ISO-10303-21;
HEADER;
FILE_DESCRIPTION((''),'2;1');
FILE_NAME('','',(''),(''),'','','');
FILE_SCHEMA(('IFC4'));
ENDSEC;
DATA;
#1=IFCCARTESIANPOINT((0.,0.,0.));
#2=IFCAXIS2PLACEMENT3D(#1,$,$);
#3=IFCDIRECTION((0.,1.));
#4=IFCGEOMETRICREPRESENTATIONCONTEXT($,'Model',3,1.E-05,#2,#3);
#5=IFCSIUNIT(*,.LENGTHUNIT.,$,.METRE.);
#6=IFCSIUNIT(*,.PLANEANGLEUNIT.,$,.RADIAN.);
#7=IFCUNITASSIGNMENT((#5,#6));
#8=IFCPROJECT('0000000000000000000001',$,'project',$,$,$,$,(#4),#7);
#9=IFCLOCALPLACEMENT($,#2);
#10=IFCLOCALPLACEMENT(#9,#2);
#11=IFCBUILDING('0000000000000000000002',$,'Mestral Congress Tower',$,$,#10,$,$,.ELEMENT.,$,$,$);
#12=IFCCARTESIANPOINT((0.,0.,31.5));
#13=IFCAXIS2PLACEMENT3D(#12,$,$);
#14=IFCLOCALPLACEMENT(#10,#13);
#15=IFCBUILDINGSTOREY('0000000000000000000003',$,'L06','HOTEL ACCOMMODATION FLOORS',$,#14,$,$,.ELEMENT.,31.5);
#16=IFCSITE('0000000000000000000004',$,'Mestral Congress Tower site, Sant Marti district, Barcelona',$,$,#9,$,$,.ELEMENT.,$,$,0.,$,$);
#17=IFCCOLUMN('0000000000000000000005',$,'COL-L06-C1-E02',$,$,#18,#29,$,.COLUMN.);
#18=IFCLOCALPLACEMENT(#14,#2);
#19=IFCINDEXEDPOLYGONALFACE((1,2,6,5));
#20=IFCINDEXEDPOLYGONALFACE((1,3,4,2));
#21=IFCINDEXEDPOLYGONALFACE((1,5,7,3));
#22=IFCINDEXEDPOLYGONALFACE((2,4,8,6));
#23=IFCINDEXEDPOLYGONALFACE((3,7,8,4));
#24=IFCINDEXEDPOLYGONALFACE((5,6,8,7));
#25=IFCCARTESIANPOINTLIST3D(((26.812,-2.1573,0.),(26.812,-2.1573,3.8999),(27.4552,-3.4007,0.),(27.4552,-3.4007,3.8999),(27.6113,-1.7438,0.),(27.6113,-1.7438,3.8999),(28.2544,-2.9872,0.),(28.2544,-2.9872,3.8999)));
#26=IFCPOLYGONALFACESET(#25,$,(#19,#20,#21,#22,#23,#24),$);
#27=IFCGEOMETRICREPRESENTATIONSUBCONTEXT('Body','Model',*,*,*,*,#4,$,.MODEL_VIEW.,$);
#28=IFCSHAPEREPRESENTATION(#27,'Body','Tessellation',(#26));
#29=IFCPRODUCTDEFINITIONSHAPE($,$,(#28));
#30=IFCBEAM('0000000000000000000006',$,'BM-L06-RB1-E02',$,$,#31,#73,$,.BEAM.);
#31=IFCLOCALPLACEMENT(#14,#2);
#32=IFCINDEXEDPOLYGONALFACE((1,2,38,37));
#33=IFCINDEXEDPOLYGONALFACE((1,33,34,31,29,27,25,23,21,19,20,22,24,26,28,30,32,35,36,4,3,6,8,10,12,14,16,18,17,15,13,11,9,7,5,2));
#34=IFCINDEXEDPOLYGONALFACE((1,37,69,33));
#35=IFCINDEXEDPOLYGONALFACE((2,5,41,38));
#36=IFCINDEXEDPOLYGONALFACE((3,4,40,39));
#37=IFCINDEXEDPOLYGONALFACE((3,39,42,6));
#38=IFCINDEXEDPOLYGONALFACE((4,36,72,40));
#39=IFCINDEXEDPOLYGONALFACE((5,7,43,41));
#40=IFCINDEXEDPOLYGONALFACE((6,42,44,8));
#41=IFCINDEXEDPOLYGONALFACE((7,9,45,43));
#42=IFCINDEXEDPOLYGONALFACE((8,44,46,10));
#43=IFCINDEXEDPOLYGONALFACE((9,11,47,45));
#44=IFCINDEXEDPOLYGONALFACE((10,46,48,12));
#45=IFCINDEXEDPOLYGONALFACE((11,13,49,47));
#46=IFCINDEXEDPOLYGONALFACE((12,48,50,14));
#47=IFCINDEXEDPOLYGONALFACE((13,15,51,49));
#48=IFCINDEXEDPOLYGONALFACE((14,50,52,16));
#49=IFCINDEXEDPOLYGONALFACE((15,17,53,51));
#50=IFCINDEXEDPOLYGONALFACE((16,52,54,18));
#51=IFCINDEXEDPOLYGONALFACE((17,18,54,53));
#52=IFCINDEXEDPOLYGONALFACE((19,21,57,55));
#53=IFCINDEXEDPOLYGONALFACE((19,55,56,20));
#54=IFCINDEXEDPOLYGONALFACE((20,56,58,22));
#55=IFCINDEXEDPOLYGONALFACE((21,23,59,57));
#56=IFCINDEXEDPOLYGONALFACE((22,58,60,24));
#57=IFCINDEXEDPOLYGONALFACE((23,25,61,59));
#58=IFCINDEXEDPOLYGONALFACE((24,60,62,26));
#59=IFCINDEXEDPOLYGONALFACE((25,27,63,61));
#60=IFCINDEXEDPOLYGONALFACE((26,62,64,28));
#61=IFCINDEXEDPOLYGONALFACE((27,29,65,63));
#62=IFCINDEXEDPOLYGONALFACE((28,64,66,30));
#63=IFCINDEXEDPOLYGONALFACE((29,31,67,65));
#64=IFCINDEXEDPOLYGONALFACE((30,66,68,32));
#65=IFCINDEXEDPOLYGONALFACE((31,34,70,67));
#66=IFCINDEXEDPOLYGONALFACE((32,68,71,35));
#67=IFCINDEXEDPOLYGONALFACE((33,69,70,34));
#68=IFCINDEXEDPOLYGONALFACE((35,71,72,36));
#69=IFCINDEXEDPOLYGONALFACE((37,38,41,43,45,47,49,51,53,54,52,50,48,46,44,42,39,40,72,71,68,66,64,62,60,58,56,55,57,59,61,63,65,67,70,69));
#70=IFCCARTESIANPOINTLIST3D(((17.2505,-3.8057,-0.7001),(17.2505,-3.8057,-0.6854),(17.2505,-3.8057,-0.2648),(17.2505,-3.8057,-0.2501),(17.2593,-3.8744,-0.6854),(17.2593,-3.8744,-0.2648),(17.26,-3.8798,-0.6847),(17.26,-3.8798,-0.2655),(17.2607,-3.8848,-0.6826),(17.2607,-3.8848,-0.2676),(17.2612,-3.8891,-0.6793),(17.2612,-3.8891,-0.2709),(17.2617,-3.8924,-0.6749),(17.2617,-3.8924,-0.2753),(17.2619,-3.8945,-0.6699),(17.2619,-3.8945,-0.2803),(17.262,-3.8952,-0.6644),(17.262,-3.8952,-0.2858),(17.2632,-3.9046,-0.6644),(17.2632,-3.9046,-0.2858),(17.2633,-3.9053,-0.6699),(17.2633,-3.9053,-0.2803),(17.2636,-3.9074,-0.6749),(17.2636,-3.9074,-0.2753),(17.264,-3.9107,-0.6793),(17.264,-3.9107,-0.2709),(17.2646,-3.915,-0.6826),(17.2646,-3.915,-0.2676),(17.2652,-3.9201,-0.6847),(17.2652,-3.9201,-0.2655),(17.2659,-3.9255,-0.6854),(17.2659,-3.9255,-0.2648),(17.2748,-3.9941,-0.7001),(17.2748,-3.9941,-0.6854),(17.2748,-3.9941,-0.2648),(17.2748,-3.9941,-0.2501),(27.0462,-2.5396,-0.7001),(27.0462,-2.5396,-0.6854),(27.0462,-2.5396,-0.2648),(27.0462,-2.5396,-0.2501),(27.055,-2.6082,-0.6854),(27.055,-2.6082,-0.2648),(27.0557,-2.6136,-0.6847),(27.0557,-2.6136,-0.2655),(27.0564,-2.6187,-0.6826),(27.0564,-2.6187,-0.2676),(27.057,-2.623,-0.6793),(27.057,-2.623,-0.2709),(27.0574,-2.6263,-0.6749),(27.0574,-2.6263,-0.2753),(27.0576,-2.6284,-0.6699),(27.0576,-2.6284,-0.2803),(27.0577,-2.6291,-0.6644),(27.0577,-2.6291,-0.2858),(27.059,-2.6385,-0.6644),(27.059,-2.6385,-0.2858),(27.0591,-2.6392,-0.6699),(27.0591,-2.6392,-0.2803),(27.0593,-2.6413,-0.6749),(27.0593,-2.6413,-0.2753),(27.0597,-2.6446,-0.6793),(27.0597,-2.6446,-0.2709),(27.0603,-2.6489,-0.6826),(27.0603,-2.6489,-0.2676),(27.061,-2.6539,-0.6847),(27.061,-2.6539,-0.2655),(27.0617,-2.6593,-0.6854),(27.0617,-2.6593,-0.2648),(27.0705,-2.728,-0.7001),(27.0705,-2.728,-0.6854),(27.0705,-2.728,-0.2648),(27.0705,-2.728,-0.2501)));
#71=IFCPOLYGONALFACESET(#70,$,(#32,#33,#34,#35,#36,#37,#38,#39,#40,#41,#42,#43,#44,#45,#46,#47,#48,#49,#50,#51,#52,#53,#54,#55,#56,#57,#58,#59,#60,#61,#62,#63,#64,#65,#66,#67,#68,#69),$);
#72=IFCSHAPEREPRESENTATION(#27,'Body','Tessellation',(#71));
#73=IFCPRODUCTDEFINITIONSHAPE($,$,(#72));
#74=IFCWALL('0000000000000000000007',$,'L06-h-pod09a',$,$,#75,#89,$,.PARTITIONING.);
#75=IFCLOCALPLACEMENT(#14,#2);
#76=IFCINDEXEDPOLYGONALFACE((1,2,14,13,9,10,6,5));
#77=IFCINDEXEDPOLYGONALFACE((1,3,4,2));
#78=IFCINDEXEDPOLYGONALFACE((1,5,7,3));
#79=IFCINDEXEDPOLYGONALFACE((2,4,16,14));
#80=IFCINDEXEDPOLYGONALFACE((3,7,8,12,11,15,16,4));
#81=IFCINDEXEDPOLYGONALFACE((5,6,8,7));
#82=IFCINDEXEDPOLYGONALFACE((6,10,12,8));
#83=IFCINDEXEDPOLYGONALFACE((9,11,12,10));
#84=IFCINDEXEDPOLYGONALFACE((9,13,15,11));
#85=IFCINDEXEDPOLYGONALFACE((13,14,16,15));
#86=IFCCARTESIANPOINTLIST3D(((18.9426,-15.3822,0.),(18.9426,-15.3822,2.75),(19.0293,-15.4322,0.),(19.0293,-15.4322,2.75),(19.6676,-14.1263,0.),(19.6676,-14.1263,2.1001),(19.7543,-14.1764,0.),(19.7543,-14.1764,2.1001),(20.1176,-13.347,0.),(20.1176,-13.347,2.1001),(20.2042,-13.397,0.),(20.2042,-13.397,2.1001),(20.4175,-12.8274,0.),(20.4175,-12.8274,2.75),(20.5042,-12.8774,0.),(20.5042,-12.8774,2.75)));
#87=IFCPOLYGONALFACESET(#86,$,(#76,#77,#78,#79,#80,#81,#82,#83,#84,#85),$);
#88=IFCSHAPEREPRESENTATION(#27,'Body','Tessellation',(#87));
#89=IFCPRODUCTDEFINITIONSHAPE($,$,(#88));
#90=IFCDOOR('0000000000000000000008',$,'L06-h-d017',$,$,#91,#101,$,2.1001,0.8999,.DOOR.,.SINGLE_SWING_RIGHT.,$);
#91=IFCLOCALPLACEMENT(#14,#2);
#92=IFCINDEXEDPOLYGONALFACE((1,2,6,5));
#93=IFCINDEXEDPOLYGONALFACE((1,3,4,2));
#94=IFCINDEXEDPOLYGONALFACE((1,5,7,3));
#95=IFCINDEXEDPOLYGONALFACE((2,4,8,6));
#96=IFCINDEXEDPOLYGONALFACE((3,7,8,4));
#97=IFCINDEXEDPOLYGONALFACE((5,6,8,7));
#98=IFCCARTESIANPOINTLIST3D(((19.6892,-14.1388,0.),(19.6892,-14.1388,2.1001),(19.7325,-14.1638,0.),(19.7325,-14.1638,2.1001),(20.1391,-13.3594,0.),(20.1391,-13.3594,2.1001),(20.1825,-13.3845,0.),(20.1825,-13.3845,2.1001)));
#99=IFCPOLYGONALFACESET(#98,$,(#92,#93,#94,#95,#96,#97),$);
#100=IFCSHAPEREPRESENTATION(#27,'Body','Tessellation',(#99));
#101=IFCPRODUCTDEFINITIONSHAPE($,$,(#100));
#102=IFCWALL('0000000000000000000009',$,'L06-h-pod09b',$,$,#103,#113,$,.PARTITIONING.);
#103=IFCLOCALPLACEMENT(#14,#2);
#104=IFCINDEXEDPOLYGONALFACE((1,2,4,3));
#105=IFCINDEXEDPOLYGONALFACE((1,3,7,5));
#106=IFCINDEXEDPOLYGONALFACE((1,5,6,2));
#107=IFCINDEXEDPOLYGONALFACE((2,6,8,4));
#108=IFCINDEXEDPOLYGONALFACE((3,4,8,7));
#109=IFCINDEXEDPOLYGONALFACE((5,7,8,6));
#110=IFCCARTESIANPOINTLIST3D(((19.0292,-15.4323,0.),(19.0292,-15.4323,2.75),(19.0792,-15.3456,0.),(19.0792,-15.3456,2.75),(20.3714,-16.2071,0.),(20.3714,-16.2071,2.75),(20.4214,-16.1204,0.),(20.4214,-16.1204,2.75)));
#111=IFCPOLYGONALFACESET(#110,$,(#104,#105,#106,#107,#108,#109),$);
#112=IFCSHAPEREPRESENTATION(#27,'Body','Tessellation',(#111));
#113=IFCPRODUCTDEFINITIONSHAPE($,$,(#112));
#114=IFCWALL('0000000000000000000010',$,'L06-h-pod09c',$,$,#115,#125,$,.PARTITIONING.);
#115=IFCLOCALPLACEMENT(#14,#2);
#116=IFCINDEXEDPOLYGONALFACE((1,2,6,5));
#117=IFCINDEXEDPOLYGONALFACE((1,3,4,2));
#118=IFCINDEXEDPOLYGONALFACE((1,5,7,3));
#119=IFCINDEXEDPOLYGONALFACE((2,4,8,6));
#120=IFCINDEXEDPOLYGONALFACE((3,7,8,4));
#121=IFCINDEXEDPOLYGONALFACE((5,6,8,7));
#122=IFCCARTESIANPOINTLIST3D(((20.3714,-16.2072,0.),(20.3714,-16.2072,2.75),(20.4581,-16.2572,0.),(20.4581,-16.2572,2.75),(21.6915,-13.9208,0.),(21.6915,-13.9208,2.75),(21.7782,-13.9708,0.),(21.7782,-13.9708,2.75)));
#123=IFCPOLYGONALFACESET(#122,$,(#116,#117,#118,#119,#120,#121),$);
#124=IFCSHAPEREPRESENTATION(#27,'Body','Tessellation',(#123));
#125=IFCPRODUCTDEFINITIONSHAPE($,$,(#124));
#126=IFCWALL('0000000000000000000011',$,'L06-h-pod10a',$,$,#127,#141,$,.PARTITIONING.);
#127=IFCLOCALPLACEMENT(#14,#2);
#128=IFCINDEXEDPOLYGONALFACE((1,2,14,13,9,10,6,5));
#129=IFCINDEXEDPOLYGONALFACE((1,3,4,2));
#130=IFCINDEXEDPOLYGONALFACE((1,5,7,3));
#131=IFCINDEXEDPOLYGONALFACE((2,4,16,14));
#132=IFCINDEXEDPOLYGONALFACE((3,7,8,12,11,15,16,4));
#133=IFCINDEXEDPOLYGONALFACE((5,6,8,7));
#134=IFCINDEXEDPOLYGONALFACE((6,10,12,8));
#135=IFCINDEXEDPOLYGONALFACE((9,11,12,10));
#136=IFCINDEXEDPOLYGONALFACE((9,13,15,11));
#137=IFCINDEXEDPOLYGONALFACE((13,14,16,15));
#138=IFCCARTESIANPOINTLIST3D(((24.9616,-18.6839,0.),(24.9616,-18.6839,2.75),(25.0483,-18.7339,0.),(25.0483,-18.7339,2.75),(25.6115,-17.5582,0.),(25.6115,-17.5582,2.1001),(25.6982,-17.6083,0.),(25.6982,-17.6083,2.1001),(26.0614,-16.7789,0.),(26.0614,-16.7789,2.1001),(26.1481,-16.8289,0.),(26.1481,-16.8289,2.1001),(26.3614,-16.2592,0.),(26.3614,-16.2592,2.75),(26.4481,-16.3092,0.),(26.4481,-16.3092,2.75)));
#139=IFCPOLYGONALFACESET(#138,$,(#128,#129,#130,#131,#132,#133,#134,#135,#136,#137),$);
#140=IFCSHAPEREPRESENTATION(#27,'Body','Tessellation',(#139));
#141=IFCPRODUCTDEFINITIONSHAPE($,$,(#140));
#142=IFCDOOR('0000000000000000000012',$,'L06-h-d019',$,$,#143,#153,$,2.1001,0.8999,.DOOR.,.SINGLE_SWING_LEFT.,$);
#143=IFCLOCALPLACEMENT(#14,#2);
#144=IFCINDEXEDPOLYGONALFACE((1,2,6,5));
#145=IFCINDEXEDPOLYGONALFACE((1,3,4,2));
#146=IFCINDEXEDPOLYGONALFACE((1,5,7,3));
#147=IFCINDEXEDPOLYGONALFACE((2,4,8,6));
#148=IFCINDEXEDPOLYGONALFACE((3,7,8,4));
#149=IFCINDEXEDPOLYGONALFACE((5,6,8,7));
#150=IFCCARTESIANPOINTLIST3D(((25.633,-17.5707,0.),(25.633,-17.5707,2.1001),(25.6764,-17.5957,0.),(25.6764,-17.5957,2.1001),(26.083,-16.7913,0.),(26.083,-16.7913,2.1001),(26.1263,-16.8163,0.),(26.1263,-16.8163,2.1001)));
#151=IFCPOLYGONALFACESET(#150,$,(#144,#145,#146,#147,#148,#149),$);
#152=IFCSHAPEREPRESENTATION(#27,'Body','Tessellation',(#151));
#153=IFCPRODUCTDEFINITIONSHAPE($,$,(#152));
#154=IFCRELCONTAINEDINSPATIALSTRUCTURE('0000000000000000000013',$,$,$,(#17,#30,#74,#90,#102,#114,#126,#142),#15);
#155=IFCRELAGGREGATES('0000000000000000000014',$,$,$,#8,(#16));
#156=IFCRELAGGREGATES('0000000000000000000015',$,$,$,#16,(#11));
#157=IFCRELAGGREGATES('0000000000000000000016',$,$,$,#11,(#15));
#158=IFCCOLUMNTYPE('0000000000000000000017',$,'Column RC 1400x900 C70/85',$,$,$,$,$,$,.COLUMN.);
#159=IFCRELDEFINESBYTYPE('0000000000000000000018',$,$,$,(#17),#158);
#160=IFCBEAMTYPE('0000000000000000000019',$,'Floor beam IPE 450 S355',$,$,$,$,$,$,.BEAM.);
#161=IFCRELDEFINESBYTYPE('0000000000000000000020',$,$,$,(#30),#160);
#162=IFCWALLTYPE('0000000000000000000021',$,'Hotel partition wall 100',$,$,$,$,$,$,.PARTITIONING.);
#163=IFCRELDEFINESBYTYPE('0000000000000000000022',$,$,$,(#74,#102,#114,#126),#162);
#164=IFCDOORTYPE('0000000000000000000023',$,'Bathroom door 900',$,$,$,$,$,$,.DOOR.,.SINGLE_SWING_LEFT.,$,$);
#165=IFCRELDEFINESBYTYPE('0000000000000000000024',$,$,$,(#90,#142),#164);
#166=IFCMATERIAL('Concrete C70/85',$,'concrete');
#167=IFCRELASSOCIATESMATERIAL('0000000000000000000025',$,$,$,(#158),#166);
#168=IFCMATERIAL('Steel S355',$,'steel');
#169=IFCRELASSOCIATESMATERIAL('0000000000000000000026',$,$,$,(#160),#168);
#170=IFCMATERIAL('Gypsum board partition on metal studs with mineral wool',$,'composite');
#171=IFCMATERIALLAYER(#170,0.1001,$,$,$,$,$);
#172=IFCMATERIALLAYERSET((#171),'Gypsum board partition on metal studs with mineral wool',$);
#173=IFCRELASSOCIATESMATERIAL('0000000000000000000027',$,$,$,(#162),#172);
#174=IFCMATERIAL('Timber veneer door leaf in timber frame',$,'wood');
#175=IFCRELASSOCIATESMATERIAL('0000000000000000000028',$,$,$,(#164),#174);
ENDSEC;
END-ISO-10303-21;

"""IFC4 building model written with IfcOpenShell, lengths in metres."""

from ifc_helpers import new_model, si_unit, direction, frame, frame_2d, origin, origin_2d, place, context, subcontext, project, spatial, rectangle, i_section, extrude, material, layer, layer_set, material_profile, profile_set, type_object, element, fill, save


model = new_model("IFC4")

# Units and contexts
model_context = context("Model", 3, precision=1e-05, world=origin(), true_north=direction((0.0, 1.0)))
body_context = subcontext(model_context, "Body", "Model", "MODEL_VIEW")
ifc_project = project(units=[si_unit("LENGTHUNIT", "METRE"), si_unit("PLANEANGLEUNIT", "RADIAN")], contexts=[model_context])

# Site, building, storey
site_placement = place(None, origin())
site = spatial("IfcSite", under=ifc_project, at=site_placement, Name="Mestral Congress Tower site, Sant Marti district, Barcelona", CompositionType="ELEMENT", RefElevation=0.0)
building_placement = place(site_placement, origin())
building = spatial("IfcBuilding", under=site, at=building_placement, Name="Mestral Congress Tower", CompositionType="ELEMENT")
storey_placement = place(building_placement, frame((0.0, 0.0, 31.5)))
storey = spatial("IfcBuildingStorey", under=building, at=storey_placement, Name="L06", Description="HOTEL ACCOMMODATION FLOORS", CompositionType="ELEMENT", Elevation=31.5)

# Column
ifc_material_1 = material(Name="Concrete C70/85", Category="concrete")
ifc_material_profile_1 = material_profile(ifc_material_1, rectangle(XDim=1.3999, YDim=0.8999, at=origin_2d()), Name="RC 1400x900")
ifc_profile_set_1 = profile_set([ifc_material_profile_1], Name="Concrete C70/85")
column_type = type_object("IfcColumnType", Name="Column RC 1400x900 C70/85", PredefinedType="COLUMN", material=ifc_profile_set_1)
column_placement = place(storey_placement, frame((27.5332, -2.5723, 0.0), z_axis=(0.0, 0.0, 1.0), x_axis=(-0.459456, 0.888201, 0.0)))
element("IfcColumn", 1, at=column_placement, inside=storey, type_object=column_type, Name="COL-L06-C1-E02", PredefinedType="COLUMN", context=body_context, shape_type="SweptSolid", body=[
    extrude(rectangle(XDim=1.3999, YDim=0.8999, at=origin_2d()), origin(), (0.0, 0.0, 1.0), 3.8999),
])

# Beam
ifc_material_2 = material(Name="Steel S355", Category="steel")
ifc_material_profile_2 = material_profile(ifc_material_2, i_section(OverallWidth=0.1899, OverallDepth=0.45, WebThickness=0.0095, FlangeThickness=0.0146, FilletRadius=0.021, at=origin_2d()), Name="IPE 450")
ifc_profile_set_2 = profile_set([ifc_material_profile_2], Name="Steel S355")
beam_type = type_object("IfcBeamType", Name="Floor beam IPE 450 S355", PredefinedType="BEAM", material=ifc_profile_set_2)
beam_placement = place(storey_placement, frame((27.0583, -2.6338, -0.4751), z_axis=(-0.99175, -0.128186, 0.0), x_axis=(0.128186, -0.99175, 0.0)))
element("IfcBeam", 2, at=beam_placement, inside=storey, type_object=beam_type, Name="BM-L06-RB1-E02", PredefinedType="BEAM", context=body_context, shape_type="SweptSolid", body=[
    extrude(i_section(OverallWidth=0.1899, OverallDepth=0.45, WebThickness=0.0095, FlangeThickness=0.0146, FilletRadius=0.021, at=origin_2d()), origin(), (0.0, 0.0, 1.0), 9.8772),
])

# Wall, opening, door
ifc_material_3 = material(Name="Gypsum board partition on metal studs with mineral wool", Category="composite")
ifc_layer_1 = layer(ifc_material_3, 0.1001)
ifc_layer_set_1 = layer_set([ifc_layer_1], Name="Gypsum board partition on metal studs with mineral wool")
wall_type_1 = type_object("IfcWallType", Name="Hotel partition wall 100", PredefinedType="PARTITIONING", material=ifc_layer_set_1)
wall_1_placement = place(storey_placement, frame((20.4609, -12.8523, 0.0), z_axis=(0.0, 0.0, 1.0), x_axis=(-0.499976, -0.866039, 0.0)))
wall_1 = element("IfcWall", 3, at=wall_1_placement, inside=storey, type_object=wall_type_1, Name="L06-h-pod09a", PredefinedType="PARTITIONING", context=body_context, shape_type="SweptSolid", body=[
    extrude(rectangle(XDim=2.95, YDim=0.1001, at=frame_2d((1.4751, 0.0))), origin(), (0.0, 0.0, 1.0), 2.75),
])
opening_1_placement = place(wall_1_placement, frame((0.6001, 0.0, 0.0)))
opening_1 = element("IfcOpeningElement", 4, at=opening_1_placement, cuts=wall_1, PredefinedType="OPENING", context=body_context, shape_type="SweptSolid", body=[
    extrude(rectangle(XDim=0.8999, YDim=2.1001, at=frame_2d((0.45, 1.05))), frame((0.0, 0.0601, 0.0), z_axis=(0.0, -1.0, 0.0), x_axis=(1.0, 0.0, 0.0)), (0.0, 0.0, 1.0), 0.1201),
])
ifc_material_4 = material(Name="Timber veneer door leaf in timber frame", Category="wood")
door_type_1 = type_object("IfcDoorType", Name="Bathroom door 900", OperationType="SINGLE_SWING_LEFT", PredefinedType="DOOR", material=ifc_material_4)
door_1_placement = place(opening_1_placement, origin())
door_1 = element("IfcDoor", 5, at=door_1_placement, inside=storey, type_object=door_type_1, Name="L06-h-d017", OperationType="SINGLE_SWING_RIGHT", OverallHeight=2.1001, OverallWidth=0.8999, PredefinedType="DOOR", context=body_context, shape_type="SweptSolid", body=[
    extrude(rectangle(XDim=0.8999, YDim=2.1001, at=frame_2d((0.45, 1.05))), frame((0.0, 0.0249, 0.0), z_axis=(0.0, -1.0, 0.0), x_axis=(1.0, 0.0, 0.0)), (0.0, 0.0, 1.0), 0.05),
])
fill(opening_1, door_1)

# Walls
wall_2_placement = place(storey_placement, frame((19.0542, -15.3889, 0.0), z_axis=(0.0, 0.0, 1.0), x_axis=(0.866044, -0.499968, 0.0)))
element("IfcWall", 6, at=wall_2_placement, inside=storey, type_object=wall_type_1, Name="L06-h-pod09b", PredefinedType="PARTITIONING", context=body_context, shape_type="SweptSolid", body=[
    extrude(rectangle(XDim=1.5498, YDim=0.1001, at=frame_2d((0.7749, 0.0))), origin(), (0.0, 0.0, 1.0), 2.75),
])
wall_3_placement = place(storey_placement, frame((21.7349, -13.9458, 0.0), z_axis=(0.0, 0.0, 1.0), x_axis=(-0.500008, -0.866021, 0.0)))
element("IfcWall", 7, at=wall_3_placement, inside=storey, type_object=wall_type_1, Name="L06-h-pod09c", PredefinedType="PARTITIONING", context=body_context, shape_type="SweptSolid", body=[
    extrude(rectangle(XDim=2.6401, YDim=0.1001, at=frame_2d((1.3201, 0.0))), origin(), (0.0, 0.0, 1.0), 2.75),
])

# Wall, opening, door
wall_4_placement = place(storey_placement, frame((26.4048, -16.2842, 0.0), z_axis=(0.0, 0.0, 1.0), x_axis=(-0.499984, -0.866035, 0.0)))
wall_4 = element("IfcWall", 8, at=wall_4_placement, inside=storey, type_object=wall_type_1, Name="L06-h-pod10a", PredefinedType="PARTITIONING", context=body_context, shape_type="SweptSolid", body=[
    extrude(rectangle(XDim=2.7998, YDim=0.1001, at=frame_2d((1.3999, 0.0))), origin(), (0.0, 0.0, 1.0), 2.75),
])
opening_2_placement = place(wall_4_placement, frame((0.6001, 0.0, 0.0)))
opening_2 = element("IfcOpeningElement", 9, at=opening_2_placement, cuts=wall_4, PredefinedType="OPENING", context=body_context, shape_type="SweptSolid", body=[
    extrude(rectangle(XDim=0.8999, YDim=2.1001, at=frame_2d((0.45, 1.05))), frame((0.0, 0.0601, 0.0), z_axis=(0.0, -1.0, 0.0), x_axis=(1.0, 0.0, 0.0)), (0.0, 0.0, 1.0), 0.1201),
])
door_2_placement = place(opening_2_placement, origin())
door_2 = element("IfcDoor", 10, at=door_2_placement, inside=storey, type_object=door_type_1, Name="L06-h-d019", OperationType="SINGLE_SWING_LEFT", OverallHeight=2.1001, OverallWidth=0.8999, PredefinedType="DOOR", context=body_context, shape_type="SweptSolid", body=[
    extrude(rectangle(XDim=0.8999, YDim=2.1001, at=frame_2d((0.45, 1.05))), frame((0.0, 0.0249, 0.0), z_axis=(0.0, -1.0, 0.0), x_axis=(1.0, 0.0, 0.0)), (0.0, 0.0, 1.0), 0.05),
])
fill(opening_2, door_2)

save(model, "model.ifc")
